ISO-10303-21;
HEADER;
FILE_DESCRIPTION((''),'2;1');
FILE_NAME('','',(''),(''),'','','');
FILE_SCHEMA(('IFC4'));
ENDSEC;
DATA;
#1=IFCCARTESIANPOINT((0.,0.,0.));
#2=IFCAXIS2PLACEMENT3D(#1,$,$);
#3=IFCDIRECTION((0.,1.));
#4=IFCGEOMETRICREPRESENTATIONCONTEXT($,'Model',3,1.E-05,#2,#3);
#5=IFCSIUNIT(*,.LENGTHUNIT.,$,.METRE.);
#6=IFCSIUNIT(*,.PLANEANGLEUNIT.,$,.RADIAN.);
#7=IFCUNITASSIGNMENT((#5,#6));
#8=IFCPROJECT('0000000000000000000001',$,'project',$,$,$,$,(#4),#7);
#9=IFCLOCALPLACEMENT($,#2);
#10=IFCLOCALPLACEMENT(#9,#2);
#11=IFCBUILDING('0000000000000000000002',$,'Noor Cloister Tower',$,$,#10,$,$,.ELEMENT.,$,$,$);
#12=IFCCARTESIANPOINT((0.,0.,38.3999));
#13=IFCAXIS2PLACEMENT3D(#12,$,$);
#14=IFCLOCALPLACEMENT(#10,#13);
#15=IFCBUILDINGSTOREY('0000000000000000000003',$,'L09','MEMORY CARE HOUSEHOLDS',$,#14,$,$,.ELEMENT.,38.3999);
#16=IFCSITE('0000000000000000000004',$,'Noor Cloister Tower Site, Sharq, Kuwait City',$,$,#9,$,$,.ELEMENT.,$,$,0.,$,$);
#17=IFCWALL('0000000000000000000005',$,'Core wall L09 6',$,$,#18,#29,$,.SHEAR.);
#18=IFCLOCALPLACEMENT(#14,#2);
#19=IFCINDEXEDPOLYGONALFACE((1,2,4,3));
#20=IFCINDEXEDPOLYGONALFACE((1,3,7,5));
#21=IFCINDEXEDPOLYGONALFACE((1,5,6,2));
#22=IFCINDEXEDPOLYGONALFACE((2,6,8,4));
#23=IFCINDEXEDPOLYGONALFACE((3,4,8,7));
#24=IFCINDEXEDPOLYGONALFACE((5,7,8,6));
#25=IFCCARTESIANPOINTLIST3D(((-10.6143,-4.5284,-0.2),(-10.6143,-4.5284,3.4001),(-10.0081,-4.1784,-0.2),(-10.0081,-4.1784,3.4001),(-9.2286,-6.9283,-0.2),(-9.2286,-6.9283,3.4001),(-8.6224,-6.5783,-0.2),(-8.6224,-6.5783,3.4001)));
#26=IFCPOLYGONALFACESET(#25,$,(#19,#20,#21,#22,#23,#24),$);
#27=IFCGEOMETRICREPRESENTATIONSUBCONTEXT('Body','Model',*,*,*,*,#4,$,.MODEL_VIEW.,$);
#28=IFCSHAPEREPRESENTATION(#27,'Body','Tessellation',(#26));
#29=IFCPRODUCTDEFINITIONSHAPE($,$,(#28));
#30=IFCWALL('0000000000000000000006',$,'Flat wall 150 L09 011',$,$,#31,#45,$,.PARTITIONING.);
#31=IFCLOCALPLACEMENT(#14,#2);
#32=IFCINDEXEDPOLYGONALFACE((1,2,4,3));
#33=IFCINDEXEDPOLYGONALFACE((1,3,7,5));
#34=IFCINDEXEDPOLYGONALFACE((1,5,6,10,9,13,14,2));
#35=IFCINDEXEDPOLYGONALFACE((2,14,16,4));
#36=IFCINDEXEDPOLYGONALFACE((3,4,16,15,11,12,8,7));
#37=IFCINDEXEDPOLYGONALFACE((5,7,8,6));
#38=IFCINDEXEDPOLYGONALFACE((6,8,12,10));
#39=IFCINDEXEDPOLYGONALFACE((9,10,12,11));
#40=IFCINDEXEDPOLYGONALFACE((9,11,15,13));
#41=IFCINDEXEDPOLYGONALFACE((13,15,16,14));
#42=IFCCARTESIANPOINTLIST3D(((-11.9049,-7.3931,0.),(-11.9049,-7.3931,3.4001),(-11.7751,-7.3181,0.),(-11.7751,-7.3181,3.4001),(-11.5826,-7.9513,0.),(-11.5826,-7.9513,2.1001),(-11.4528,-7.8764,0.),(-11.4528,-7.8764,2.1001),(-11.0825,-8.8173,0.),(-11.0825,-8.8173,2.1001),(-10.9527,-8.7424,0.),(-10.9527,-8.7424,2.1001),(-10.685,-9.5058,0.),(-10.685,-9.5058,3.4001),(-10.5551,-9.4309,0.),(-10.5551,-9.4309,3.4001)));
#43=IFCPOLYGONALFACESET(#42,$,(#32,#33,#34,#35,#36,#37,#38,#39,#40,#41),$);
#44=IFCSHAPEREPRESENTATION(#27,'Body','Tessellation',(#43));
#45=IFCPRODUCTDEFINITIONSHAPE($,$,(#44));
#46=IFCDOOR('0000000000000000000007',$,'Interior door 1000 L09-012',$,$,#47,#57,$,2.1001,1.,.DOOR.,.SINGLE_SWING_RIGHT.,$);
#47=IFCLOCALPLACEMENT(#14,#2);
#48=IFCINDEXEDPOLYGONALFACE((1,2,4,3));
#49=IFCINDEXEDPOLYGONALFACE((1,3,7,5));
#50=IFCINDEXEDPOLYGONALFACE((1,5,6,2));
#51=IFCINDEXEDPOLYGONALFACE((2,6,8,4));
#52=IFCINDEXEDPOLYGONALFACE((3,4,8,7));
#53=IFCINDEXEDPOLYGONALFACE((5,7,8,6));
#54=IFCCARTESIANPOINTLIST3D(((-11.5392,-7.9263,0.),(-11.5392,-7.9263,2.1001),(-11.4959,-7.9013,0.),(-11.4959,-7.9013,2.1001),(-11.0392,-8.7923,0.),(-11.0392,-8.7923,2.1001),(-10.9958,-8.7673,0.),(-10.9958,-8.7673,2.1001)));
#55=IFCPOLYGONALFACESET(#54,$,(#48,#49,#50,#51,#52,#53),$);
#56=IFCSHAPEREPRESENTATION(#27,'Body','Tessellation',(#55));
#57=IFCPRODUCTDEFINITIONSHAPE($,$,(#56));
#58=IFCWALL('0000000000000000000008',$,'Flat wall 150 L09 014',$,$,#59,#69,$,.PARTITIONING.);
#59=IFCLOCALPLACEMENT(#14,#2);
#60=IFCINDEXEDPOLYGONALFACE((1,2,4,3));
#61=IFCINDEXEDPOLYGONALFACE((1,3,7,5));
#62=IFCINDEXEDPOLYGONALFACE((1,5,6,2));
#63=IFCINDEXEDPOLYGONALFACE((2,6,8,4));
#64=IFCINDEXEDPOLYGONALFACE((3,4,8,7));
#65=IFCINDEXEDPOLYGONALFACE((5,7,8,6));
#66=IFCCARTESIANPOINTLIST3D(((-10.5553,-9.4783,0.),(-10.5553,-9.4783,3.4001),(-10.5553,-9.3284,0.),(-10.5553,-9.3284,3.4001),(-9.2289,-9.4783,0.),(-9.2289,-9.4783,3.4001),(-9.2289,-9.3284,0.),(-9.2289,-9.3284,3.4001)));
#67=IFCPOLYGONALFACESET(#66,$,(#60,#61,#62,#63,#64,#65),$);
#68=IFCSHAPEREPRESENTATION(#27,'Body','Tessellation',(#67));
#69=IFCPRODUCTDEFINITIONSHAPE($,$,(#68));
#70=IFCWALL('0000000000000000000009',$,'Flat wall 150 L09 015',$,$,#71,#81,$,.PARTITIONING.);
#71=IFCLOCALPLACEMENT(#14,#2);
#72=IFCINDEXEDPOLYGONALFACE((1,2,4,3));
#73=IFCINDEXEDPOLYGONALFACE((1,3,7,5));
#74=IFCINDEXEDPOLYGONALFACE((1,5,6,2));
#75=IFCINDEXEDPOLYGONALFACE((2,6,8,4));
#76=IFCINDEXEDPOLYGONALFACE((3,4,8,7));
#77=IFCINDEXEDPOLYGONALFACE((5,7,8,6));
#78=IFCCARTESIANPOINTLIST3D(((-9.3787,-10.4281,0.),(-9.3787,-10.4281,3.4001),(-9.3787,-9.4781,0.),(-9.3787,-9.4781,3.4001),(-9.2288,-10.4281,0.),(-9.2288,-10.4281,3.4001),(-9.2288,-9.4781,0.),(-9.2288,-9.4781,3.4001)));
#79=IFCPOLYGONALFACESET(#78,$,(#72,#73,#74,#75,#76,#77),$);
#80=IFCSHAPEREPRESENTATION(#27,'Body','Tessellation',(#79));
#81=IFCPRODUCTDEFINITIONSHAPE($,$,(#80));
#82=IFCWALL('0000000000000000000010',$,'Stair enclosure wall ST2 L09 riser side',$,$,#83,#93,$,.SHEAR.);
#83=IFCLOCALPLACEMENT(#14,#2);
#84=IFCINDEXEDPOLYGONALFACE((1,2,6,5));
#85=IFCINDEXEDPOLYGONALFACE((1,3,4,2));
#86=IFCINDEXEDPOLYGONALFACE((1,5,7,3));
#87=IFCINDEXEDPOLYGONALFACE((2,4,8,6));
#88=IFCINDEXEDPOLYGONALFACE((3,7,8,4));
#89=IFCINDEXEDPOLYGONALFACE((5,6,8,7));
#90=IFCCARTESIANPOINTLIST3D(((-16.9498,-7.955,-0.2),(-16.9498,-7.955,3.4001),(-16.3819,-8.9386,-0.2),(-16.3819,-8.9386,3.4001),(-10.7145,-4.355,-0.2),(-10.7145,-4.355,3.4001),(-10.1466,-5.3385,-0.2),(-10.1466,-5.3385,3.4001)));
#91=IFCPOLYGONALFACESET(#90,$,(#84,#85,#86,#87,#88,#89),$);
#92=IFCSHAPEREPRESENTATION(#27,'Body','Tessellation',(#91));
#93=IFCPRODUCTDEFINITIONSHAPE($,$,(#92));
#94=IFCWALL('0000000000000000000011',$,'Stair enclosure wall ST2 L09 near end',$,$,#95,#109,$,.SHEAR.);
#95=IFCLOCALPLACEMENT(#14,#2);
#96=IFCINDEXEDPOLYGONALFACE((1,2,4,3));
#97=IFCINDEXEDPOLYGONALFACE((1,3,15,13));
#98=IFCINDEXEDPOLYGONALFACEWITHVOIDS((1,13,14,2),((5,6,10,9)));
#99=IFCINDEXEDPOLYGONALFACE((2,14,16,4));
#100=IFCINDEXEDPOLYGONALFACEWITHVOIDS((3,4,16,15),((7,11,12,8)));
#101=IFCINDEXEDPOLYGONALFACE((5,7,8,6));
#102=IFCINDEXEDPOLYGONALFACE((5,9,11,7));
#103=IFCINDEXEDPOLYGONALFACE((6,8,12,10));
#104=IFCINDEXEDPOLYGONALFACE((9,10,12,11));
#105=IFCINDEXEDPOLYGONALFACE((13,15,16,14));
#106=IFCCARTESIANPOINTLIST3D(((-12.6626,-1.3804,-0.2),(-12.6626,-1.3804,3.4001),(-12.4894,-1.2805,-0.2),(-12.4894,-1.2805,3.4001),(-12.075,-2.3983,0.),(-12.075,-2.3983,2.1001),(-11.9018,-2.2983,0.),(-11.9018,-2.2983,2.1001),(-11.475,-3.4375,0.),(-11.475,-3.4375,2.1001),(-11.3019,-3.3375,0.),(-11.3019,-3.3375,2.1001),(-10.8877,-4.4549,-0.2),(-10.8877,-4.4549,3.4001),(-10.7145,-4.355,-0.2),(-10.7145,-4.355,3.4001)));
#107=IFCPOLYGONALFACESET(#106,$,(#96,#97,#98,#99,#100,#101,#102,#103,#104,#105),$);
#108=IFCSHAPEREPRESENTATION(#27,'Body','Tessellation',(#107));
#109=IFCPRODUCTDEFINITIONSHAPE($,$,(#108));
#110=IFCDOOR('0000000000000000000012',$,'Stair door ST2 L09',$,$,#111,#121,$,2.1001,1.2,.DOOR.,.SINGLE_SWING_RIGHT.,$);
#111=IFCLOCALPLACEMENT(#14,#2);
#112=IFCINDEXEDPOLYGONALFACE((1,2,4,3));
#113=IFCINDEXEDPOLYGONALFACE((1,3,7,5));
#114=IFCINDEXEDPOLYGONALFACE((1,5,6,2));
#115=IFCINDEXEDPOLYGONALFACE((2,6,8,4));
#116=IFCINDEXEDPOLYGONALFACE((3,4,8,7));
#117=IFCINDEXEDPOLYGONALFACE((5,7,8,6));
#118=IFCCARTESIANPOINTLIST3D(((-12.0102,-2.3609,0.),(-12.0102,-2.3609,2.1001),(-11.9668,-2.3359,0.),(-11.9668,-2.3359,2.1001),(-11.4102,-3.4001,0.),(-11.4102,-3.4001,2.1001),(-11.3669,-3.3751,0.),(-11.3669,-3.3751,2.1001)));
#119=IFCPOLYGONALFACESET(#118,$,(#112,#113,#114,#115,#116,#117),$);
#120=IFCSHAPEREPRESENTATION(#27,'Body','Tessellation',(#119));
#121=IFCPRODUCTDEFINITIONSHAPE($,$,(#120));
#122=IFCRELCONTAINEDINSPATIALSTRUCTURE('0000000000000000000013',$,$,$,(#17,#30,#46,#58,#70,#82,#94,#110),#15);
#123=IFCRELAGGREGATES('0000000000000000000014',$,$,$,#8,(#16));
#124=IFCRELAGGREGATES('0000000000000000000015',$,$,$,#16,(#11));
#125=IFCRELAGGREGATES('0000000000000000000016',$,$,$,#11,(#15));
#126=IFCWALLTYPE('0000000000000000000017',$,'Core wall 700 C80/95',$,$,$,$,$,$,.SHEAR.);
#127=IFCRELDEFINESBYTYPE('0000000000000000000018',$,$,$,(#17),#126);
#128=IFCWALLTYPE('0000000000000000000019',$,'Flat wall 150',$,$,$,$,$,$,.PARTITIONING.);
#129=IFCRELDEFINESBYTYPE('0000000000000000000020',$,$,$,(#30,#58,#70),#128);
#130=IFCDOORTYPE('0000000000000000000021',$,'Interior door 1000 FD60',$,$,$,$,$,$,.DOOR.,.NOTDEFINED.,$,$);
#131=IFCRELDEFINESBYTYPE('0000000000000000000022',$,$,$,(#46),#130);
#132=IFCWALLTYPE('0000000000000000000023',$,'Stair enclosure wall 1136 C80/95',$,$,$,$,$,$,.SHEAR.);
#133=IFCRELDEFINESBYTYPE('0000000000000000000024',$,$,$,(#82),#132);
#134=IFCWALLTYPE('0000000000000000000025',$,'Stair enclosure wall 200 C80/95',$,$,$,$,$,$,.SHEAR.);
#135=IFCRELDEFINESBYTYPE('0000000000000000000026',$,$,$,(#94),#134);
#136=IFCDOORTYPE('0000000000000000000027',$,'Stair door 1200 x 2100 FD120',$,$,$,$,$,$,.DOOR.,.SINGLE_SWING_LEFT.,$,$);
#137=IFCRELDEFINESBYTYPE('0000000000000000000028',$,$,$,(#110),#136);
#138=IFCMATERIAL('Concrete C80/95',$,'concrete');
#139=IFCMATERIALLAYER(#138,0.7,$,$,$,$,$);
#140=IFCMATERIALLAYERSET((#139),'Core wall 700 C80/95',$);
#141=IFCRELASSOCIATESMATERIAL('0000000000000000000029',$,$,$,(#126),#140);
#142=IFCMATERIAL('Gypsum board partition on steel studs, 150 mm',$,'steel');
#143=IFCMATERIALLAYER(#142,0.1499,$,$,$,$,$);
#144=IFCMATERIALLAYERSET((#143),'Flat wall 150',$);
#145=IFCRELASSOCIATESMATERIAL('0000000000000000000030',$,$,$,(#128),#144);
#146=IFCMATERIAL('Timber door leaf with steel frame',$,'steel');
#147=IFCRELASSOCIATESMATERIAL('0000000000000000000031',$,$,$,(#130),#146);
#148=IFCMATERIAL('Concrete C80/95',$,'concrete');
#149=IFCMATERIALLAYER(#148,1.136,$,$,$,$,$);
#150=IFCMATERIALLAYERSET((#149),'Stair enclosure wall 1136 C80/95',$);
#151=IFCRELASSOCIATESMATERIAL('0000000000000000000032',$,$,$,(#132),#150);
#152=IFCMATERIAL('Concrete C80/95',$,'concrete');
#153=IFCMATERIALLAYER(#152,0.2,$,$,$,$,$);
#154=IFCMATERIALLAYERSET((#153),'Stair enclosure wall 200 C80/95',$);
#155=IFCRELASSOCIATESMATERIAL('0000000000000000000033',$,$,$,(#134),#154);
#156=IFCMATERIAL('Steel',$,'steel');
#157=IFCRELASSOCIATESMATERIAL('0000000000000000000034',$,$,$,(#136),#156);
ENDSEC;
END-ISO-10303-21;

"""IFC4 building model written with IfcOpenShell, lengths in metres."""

from ifc_helpers import new_model, si_unit, direction, frame, frame_2d, origin, place, context, subcontext, project, spatial, rectangle, extrude, material, layer, layer_set, type_object, element, fill, save


model = new_model("IFC4")

# Units and contexts
model_context = context("Model", 3, precision=1e-05, world=origin(), true_north=direction((0.0, 1.0)))
body_context = subcontext(model_context, "Body", "Model", "MODEL_VIEW")
ifc_project = project(units=[si_unit("LENGTHUNIT", "METRE"), si_unit("PLANEANGLEUNIT", "RADIAN")], contexts=[model_context])

# Site, building, storey
site_placement = place(None, origin())
site = spatial("IfcSite", under=ifc_project, at=site_placement, Name="Noor Cloister Tower Site, Sharq, Kuwait City", CompositionType="ELEMENT", RefElevation=0.0)
building_placement = place(site_placement, origin())
building = spatial("IfcBuilding", under=site, at=building_placement, Name="Noor Cloister Tower", CompositionType="ELEMENT")
storey_placement = place(building_placement, frame((0.0, 0.0, 38.3999)))
storey = spatial("IfcBuildingStorey", under=building, at=storey_placement, Name="L09", Description="MEMORY CARE HOUSEHOLDS", CompositionType="ELEMENT", Elevation=38.3999)

# Shared definitions
ifc_material_1 = material(Name="Concrete C80/95", Category="concrete")
ifc_layer_1 = layer(ifc_material_1, 0.7)
ifc_layer_set_1 = layer_set([ifc_layer_1], Name="Core wall 700 C80/95")
wall_type_1 = type_object("IfcWallType", Name="Core wall 700 C80/95", PredefinedType="SHEAR", material=ifc_layer_set_1)

# Wall
wall_1_placement = place(storey_placement, frame((-10.3113, -4.3533, -0.2), z_axis=(0.0, 0.0, 1.0), x_axis=(0.500043, -0.866001, 0.0)))
element("IfcWall", 1, at=wall_1_placement, inside=storey, type_object=wall_type_1, Name="Core wall L09 6", PredefinedType="SHEAR", context=body_context, shape_type="SweptSolid", body=[
    extrude(rectangle(XDim=2.7712, YDim=0.7, at=frame_2d((1.3857, 0.0))), origin(), (0.0, 0.0, 1.0), 3.6001),
])

# Wall, opening, door
ifc_material_2 = material(Name="Gypsum board partition on steel studs, 150 mm", Category="steel")
ifc_layer_2 = layer(ifc_material_2, 0.1499)
ifc_layer_set_2 = layer_set([ifc_layer_2], Name="Flat wall 150")
wall_type_2 = type_object("IfcWallType", Name="Flat wall 150", PredefinedType="PARTITIONING", material=ifc_layer_set_2)
wall_2_placement = place(storey_placement, frame((-10.6201, -9.4683, 0.0), z_axis=(0.0, 0.0, 1.0), x_axis=(-0.500046, 0.865999, 0.0)))
wall_2 = element("IfcWall", 2, at=wall_2_placement, inside=storey, type_object=wall_type_2, Name="Flat wall 150 L09 011", PredefinedType="PARTITIONING", context=body_context, shape_type="SweptSolid", body=[
    extrude(rectangle(XDim=2.4397, YDim=0.1499, at=frame_2d((1.2197, 0.0))), origin(), (0.0, 0.0, 1.0), 3.4001),
])
opening_1_placement = place(wall_2_placement, frame((0.7949, 0.0, 0.0)))
opening_1 = element("IfcOpeningElement", 3, at=opening_1_placement, cuts=wall_2, PredefinedType="OPENING", context=body_context, shape_type="SweptSolid", body=[
    extrude(rectangle(XDim=1.0, YDim=2.1001, at=frame_2d((0.5, 1.05))), frame((0.0, 0.085, 0.0), z_axis=(0.0, -1.0, 0.0), x_axis=(1.0, 0.0, 0.0)), (0.0, 0.0, 1.0), 0.1699),
])
ifc_material_3 = material(Name="Timber door leaf with steel frame", Category="steel")
door_type_1 = type_object("IfcDoorType", Name="Interior door 1000 FD60", OperationType="NOTDEFINED", PredefinedType="DOOR", material=ifc_material_3)
door_1_placement = place(opening_1_placement, origin())
door_1 = element("IfcDoor", 4, at=door_1_placement, inside=storey, type_object=door_type_1, Name="Interior door 1000 L09-012", OperationType="SINGLE_SWING_RIGHT", OverallHeight=2.1001, OverallWidth=1.0, PredefinedType="DOOR", context=body_context, shape_type="SweptSolid", body=[
    extrude(rectangle(XDim=1.0, YDim=2.1001, at=frame_2d((0.5, 1.05))), frame((0.0, 0.0249, 0.0), z_axis=(0.0, -1.0, 0.0), x_axis=(1.0, 0.0, 0.0)), (0.0, 0.0, 1.0), 0.05),
])
fill(opening_1, door_1)

# Walls
wall_3_placement = place(storey_placement, frame((-10.5552, -9.4033, 0.0), z_axis=(0.0, 0.0, 1.0), x_axis=(1.0, 0.0, 0.0)))
element("IfcWall", 5, at=wall_3_placement, inside=storey, type_object=wall_type_2, Name="Flat wall 150 L09 014", PredefinedType="PARTITIONING", context=body_context, shape_type="SweptSolid", body=[
    extrude(rectangle(XDim=1.3264, YDim=0.1499, at=frame_2d((0.6631, 0.0))), origin(), (0.0, 0.0, 1.0), 3.4001),
])
wall_4_placement = place(storey_placement, frame((-9.3037, -10.4282, 0.0), z_axis=(0.0, 0.0, 1.0), x_axis=(0.0, 1.0, 0.0)))
element("IfcWall", 6, at=wall_4_placement, inside=storey, type_object=wall_type_2, Name="Flat wall 150 L09 015", PredefinedType="PARTITIONING", context=body_context, shape_type="SweptSolid", body=[
    extrude(rectangle(XDim=0.95, YDim=0.1499, at=frame_2d((0.4751, 0.0))), origin(), (0.0, 0.0, 1.0), 3.4001),
])
ifc_material_4 = material(Name="Concrete C80/95", Category="concrete")
ifc_layer_3 = layer(ifc_material_4, 1.136)
ifc_layer_set_3 = layer_set([ifc_layer_3], Name="Stair enclosure wall 1136 C80/95")
wall_type_3 = type_object("IfcWallType", Name="Stair enclosure wall 1136 C80/95", PredefinedType="SHEAR", material=ifc_layer_set_3)
wall_5_placement = place(storey_placement, frame((-10.4304, -4.8467, -0.2), z_axis=(0.0, 0.0, 1.0), x_axis=(-0.866018, -0.500012, 0.0)))
element("IfcWall", 7, at=wall_5_placement, inside=storey, type_object=wall_type_3, Name="Stair enclosure wall ST2 L09 riser side", PredefinedType="SHEAR", context=body_context, shape_type="SweptSolid", body=[
    extrude(rectangle(XDim=7.2, YDim=1.1357, at=frame_2d((3.6001, 0.0))), origin(), (0.0, 0.0, 1.0), 3.6001),
])

# Wall, opening, door
ifc_material_5 = material(Name="Concrete C80/95", Category="concrete")
ifc_layer_4 = layer(ifc_material_5, 0.2)
ifc_layer_set_4 = layer_set([ifc_layer_4], Name="Stair enclosure wall 200 C80/95")
wall_type_4 = type_object("IfcWallType", Name="Stair enclosure wall 200 C80/95", PredefinedType="SHEAR", material=ifc_layer_set_4)
wall_6_placement = place(storey_placement, frame((-12.5759, -1.3306, -0.2), z_axis=(0.0, 0.0, 1.0), x_axis=(0.49997, -0.866042, 0.0)))
wall_6 = element("IfcWall", 8, at=wall_6_placement, inside=storey, type_object=wall_type_4, Name="Stair enclosure wall ST2 L09 near end", PredefinedType="SHEAR", context=body_context, shape_type="SweptSolid", body=[
    extrude(rectangle(XDim=3.55, YDim=0.2, at=frame_2d((1.7749, 0.0))), origin(), (0.0, 0.0, 1.0), 3.6001),
])
opening_2_placement = place(wall_6_placement, frame((1.175, 0.0, 0.2)))
opening_2 = element("IfcOpeningElement", 9, at=opening_2_placement, cuts=wall_6, PredefinedType="OPENING", context=body_context, shape_type="SweptSolid", body=[
    extrude(rectangle(XDim=1.2, YDim=2.1001, at=frame_2d((0.6001, 1.05))), frame((0.0, 0.1099, 0.0), z_axis=(0.0, -1.0, 0.0), x_axis=(1.0, 0.0, 0.0)), (0.0, 0.0, 1.0), 0.22),
])
ifc_material_6 = material(Name="Steel", Category="steel")
door_type_2 = type_object("IfcDoorType", Name="Stair door 1200 x 2100 FD120", OperationType="SINGLE_SWING_LEFT", PredefinedType="DOOR", material=ifc_material_6)
door_2_placement = place(opening_2_placement, origin())
door_2 = element("IfcDoor", 10, at=door_2_placement, inside=storey, type_object=door_type_2, Name="Stair door ST2 L09", OperationType="SINGLE_SWING_RIGHT", OverallHeight=2.1001, OverallWidth=1.2, PredefinedType="DOOR", context=body_context, shape_type="SweptSolid", body=[
    extrude(rectangle(XDim=1.2, YDim=2.1001, at=frame_2d((0.6001, 1.05))), frame((0.0, 0.0249, 0.0), z_axis=(0.0, -1.0, 0.0), x_axis=(1.0, 0.0, 0.0)), (0.0, 0.0, 1.0), 0.05),
])
fill(opening_2, door_2)

save(model, "model.ifc")
